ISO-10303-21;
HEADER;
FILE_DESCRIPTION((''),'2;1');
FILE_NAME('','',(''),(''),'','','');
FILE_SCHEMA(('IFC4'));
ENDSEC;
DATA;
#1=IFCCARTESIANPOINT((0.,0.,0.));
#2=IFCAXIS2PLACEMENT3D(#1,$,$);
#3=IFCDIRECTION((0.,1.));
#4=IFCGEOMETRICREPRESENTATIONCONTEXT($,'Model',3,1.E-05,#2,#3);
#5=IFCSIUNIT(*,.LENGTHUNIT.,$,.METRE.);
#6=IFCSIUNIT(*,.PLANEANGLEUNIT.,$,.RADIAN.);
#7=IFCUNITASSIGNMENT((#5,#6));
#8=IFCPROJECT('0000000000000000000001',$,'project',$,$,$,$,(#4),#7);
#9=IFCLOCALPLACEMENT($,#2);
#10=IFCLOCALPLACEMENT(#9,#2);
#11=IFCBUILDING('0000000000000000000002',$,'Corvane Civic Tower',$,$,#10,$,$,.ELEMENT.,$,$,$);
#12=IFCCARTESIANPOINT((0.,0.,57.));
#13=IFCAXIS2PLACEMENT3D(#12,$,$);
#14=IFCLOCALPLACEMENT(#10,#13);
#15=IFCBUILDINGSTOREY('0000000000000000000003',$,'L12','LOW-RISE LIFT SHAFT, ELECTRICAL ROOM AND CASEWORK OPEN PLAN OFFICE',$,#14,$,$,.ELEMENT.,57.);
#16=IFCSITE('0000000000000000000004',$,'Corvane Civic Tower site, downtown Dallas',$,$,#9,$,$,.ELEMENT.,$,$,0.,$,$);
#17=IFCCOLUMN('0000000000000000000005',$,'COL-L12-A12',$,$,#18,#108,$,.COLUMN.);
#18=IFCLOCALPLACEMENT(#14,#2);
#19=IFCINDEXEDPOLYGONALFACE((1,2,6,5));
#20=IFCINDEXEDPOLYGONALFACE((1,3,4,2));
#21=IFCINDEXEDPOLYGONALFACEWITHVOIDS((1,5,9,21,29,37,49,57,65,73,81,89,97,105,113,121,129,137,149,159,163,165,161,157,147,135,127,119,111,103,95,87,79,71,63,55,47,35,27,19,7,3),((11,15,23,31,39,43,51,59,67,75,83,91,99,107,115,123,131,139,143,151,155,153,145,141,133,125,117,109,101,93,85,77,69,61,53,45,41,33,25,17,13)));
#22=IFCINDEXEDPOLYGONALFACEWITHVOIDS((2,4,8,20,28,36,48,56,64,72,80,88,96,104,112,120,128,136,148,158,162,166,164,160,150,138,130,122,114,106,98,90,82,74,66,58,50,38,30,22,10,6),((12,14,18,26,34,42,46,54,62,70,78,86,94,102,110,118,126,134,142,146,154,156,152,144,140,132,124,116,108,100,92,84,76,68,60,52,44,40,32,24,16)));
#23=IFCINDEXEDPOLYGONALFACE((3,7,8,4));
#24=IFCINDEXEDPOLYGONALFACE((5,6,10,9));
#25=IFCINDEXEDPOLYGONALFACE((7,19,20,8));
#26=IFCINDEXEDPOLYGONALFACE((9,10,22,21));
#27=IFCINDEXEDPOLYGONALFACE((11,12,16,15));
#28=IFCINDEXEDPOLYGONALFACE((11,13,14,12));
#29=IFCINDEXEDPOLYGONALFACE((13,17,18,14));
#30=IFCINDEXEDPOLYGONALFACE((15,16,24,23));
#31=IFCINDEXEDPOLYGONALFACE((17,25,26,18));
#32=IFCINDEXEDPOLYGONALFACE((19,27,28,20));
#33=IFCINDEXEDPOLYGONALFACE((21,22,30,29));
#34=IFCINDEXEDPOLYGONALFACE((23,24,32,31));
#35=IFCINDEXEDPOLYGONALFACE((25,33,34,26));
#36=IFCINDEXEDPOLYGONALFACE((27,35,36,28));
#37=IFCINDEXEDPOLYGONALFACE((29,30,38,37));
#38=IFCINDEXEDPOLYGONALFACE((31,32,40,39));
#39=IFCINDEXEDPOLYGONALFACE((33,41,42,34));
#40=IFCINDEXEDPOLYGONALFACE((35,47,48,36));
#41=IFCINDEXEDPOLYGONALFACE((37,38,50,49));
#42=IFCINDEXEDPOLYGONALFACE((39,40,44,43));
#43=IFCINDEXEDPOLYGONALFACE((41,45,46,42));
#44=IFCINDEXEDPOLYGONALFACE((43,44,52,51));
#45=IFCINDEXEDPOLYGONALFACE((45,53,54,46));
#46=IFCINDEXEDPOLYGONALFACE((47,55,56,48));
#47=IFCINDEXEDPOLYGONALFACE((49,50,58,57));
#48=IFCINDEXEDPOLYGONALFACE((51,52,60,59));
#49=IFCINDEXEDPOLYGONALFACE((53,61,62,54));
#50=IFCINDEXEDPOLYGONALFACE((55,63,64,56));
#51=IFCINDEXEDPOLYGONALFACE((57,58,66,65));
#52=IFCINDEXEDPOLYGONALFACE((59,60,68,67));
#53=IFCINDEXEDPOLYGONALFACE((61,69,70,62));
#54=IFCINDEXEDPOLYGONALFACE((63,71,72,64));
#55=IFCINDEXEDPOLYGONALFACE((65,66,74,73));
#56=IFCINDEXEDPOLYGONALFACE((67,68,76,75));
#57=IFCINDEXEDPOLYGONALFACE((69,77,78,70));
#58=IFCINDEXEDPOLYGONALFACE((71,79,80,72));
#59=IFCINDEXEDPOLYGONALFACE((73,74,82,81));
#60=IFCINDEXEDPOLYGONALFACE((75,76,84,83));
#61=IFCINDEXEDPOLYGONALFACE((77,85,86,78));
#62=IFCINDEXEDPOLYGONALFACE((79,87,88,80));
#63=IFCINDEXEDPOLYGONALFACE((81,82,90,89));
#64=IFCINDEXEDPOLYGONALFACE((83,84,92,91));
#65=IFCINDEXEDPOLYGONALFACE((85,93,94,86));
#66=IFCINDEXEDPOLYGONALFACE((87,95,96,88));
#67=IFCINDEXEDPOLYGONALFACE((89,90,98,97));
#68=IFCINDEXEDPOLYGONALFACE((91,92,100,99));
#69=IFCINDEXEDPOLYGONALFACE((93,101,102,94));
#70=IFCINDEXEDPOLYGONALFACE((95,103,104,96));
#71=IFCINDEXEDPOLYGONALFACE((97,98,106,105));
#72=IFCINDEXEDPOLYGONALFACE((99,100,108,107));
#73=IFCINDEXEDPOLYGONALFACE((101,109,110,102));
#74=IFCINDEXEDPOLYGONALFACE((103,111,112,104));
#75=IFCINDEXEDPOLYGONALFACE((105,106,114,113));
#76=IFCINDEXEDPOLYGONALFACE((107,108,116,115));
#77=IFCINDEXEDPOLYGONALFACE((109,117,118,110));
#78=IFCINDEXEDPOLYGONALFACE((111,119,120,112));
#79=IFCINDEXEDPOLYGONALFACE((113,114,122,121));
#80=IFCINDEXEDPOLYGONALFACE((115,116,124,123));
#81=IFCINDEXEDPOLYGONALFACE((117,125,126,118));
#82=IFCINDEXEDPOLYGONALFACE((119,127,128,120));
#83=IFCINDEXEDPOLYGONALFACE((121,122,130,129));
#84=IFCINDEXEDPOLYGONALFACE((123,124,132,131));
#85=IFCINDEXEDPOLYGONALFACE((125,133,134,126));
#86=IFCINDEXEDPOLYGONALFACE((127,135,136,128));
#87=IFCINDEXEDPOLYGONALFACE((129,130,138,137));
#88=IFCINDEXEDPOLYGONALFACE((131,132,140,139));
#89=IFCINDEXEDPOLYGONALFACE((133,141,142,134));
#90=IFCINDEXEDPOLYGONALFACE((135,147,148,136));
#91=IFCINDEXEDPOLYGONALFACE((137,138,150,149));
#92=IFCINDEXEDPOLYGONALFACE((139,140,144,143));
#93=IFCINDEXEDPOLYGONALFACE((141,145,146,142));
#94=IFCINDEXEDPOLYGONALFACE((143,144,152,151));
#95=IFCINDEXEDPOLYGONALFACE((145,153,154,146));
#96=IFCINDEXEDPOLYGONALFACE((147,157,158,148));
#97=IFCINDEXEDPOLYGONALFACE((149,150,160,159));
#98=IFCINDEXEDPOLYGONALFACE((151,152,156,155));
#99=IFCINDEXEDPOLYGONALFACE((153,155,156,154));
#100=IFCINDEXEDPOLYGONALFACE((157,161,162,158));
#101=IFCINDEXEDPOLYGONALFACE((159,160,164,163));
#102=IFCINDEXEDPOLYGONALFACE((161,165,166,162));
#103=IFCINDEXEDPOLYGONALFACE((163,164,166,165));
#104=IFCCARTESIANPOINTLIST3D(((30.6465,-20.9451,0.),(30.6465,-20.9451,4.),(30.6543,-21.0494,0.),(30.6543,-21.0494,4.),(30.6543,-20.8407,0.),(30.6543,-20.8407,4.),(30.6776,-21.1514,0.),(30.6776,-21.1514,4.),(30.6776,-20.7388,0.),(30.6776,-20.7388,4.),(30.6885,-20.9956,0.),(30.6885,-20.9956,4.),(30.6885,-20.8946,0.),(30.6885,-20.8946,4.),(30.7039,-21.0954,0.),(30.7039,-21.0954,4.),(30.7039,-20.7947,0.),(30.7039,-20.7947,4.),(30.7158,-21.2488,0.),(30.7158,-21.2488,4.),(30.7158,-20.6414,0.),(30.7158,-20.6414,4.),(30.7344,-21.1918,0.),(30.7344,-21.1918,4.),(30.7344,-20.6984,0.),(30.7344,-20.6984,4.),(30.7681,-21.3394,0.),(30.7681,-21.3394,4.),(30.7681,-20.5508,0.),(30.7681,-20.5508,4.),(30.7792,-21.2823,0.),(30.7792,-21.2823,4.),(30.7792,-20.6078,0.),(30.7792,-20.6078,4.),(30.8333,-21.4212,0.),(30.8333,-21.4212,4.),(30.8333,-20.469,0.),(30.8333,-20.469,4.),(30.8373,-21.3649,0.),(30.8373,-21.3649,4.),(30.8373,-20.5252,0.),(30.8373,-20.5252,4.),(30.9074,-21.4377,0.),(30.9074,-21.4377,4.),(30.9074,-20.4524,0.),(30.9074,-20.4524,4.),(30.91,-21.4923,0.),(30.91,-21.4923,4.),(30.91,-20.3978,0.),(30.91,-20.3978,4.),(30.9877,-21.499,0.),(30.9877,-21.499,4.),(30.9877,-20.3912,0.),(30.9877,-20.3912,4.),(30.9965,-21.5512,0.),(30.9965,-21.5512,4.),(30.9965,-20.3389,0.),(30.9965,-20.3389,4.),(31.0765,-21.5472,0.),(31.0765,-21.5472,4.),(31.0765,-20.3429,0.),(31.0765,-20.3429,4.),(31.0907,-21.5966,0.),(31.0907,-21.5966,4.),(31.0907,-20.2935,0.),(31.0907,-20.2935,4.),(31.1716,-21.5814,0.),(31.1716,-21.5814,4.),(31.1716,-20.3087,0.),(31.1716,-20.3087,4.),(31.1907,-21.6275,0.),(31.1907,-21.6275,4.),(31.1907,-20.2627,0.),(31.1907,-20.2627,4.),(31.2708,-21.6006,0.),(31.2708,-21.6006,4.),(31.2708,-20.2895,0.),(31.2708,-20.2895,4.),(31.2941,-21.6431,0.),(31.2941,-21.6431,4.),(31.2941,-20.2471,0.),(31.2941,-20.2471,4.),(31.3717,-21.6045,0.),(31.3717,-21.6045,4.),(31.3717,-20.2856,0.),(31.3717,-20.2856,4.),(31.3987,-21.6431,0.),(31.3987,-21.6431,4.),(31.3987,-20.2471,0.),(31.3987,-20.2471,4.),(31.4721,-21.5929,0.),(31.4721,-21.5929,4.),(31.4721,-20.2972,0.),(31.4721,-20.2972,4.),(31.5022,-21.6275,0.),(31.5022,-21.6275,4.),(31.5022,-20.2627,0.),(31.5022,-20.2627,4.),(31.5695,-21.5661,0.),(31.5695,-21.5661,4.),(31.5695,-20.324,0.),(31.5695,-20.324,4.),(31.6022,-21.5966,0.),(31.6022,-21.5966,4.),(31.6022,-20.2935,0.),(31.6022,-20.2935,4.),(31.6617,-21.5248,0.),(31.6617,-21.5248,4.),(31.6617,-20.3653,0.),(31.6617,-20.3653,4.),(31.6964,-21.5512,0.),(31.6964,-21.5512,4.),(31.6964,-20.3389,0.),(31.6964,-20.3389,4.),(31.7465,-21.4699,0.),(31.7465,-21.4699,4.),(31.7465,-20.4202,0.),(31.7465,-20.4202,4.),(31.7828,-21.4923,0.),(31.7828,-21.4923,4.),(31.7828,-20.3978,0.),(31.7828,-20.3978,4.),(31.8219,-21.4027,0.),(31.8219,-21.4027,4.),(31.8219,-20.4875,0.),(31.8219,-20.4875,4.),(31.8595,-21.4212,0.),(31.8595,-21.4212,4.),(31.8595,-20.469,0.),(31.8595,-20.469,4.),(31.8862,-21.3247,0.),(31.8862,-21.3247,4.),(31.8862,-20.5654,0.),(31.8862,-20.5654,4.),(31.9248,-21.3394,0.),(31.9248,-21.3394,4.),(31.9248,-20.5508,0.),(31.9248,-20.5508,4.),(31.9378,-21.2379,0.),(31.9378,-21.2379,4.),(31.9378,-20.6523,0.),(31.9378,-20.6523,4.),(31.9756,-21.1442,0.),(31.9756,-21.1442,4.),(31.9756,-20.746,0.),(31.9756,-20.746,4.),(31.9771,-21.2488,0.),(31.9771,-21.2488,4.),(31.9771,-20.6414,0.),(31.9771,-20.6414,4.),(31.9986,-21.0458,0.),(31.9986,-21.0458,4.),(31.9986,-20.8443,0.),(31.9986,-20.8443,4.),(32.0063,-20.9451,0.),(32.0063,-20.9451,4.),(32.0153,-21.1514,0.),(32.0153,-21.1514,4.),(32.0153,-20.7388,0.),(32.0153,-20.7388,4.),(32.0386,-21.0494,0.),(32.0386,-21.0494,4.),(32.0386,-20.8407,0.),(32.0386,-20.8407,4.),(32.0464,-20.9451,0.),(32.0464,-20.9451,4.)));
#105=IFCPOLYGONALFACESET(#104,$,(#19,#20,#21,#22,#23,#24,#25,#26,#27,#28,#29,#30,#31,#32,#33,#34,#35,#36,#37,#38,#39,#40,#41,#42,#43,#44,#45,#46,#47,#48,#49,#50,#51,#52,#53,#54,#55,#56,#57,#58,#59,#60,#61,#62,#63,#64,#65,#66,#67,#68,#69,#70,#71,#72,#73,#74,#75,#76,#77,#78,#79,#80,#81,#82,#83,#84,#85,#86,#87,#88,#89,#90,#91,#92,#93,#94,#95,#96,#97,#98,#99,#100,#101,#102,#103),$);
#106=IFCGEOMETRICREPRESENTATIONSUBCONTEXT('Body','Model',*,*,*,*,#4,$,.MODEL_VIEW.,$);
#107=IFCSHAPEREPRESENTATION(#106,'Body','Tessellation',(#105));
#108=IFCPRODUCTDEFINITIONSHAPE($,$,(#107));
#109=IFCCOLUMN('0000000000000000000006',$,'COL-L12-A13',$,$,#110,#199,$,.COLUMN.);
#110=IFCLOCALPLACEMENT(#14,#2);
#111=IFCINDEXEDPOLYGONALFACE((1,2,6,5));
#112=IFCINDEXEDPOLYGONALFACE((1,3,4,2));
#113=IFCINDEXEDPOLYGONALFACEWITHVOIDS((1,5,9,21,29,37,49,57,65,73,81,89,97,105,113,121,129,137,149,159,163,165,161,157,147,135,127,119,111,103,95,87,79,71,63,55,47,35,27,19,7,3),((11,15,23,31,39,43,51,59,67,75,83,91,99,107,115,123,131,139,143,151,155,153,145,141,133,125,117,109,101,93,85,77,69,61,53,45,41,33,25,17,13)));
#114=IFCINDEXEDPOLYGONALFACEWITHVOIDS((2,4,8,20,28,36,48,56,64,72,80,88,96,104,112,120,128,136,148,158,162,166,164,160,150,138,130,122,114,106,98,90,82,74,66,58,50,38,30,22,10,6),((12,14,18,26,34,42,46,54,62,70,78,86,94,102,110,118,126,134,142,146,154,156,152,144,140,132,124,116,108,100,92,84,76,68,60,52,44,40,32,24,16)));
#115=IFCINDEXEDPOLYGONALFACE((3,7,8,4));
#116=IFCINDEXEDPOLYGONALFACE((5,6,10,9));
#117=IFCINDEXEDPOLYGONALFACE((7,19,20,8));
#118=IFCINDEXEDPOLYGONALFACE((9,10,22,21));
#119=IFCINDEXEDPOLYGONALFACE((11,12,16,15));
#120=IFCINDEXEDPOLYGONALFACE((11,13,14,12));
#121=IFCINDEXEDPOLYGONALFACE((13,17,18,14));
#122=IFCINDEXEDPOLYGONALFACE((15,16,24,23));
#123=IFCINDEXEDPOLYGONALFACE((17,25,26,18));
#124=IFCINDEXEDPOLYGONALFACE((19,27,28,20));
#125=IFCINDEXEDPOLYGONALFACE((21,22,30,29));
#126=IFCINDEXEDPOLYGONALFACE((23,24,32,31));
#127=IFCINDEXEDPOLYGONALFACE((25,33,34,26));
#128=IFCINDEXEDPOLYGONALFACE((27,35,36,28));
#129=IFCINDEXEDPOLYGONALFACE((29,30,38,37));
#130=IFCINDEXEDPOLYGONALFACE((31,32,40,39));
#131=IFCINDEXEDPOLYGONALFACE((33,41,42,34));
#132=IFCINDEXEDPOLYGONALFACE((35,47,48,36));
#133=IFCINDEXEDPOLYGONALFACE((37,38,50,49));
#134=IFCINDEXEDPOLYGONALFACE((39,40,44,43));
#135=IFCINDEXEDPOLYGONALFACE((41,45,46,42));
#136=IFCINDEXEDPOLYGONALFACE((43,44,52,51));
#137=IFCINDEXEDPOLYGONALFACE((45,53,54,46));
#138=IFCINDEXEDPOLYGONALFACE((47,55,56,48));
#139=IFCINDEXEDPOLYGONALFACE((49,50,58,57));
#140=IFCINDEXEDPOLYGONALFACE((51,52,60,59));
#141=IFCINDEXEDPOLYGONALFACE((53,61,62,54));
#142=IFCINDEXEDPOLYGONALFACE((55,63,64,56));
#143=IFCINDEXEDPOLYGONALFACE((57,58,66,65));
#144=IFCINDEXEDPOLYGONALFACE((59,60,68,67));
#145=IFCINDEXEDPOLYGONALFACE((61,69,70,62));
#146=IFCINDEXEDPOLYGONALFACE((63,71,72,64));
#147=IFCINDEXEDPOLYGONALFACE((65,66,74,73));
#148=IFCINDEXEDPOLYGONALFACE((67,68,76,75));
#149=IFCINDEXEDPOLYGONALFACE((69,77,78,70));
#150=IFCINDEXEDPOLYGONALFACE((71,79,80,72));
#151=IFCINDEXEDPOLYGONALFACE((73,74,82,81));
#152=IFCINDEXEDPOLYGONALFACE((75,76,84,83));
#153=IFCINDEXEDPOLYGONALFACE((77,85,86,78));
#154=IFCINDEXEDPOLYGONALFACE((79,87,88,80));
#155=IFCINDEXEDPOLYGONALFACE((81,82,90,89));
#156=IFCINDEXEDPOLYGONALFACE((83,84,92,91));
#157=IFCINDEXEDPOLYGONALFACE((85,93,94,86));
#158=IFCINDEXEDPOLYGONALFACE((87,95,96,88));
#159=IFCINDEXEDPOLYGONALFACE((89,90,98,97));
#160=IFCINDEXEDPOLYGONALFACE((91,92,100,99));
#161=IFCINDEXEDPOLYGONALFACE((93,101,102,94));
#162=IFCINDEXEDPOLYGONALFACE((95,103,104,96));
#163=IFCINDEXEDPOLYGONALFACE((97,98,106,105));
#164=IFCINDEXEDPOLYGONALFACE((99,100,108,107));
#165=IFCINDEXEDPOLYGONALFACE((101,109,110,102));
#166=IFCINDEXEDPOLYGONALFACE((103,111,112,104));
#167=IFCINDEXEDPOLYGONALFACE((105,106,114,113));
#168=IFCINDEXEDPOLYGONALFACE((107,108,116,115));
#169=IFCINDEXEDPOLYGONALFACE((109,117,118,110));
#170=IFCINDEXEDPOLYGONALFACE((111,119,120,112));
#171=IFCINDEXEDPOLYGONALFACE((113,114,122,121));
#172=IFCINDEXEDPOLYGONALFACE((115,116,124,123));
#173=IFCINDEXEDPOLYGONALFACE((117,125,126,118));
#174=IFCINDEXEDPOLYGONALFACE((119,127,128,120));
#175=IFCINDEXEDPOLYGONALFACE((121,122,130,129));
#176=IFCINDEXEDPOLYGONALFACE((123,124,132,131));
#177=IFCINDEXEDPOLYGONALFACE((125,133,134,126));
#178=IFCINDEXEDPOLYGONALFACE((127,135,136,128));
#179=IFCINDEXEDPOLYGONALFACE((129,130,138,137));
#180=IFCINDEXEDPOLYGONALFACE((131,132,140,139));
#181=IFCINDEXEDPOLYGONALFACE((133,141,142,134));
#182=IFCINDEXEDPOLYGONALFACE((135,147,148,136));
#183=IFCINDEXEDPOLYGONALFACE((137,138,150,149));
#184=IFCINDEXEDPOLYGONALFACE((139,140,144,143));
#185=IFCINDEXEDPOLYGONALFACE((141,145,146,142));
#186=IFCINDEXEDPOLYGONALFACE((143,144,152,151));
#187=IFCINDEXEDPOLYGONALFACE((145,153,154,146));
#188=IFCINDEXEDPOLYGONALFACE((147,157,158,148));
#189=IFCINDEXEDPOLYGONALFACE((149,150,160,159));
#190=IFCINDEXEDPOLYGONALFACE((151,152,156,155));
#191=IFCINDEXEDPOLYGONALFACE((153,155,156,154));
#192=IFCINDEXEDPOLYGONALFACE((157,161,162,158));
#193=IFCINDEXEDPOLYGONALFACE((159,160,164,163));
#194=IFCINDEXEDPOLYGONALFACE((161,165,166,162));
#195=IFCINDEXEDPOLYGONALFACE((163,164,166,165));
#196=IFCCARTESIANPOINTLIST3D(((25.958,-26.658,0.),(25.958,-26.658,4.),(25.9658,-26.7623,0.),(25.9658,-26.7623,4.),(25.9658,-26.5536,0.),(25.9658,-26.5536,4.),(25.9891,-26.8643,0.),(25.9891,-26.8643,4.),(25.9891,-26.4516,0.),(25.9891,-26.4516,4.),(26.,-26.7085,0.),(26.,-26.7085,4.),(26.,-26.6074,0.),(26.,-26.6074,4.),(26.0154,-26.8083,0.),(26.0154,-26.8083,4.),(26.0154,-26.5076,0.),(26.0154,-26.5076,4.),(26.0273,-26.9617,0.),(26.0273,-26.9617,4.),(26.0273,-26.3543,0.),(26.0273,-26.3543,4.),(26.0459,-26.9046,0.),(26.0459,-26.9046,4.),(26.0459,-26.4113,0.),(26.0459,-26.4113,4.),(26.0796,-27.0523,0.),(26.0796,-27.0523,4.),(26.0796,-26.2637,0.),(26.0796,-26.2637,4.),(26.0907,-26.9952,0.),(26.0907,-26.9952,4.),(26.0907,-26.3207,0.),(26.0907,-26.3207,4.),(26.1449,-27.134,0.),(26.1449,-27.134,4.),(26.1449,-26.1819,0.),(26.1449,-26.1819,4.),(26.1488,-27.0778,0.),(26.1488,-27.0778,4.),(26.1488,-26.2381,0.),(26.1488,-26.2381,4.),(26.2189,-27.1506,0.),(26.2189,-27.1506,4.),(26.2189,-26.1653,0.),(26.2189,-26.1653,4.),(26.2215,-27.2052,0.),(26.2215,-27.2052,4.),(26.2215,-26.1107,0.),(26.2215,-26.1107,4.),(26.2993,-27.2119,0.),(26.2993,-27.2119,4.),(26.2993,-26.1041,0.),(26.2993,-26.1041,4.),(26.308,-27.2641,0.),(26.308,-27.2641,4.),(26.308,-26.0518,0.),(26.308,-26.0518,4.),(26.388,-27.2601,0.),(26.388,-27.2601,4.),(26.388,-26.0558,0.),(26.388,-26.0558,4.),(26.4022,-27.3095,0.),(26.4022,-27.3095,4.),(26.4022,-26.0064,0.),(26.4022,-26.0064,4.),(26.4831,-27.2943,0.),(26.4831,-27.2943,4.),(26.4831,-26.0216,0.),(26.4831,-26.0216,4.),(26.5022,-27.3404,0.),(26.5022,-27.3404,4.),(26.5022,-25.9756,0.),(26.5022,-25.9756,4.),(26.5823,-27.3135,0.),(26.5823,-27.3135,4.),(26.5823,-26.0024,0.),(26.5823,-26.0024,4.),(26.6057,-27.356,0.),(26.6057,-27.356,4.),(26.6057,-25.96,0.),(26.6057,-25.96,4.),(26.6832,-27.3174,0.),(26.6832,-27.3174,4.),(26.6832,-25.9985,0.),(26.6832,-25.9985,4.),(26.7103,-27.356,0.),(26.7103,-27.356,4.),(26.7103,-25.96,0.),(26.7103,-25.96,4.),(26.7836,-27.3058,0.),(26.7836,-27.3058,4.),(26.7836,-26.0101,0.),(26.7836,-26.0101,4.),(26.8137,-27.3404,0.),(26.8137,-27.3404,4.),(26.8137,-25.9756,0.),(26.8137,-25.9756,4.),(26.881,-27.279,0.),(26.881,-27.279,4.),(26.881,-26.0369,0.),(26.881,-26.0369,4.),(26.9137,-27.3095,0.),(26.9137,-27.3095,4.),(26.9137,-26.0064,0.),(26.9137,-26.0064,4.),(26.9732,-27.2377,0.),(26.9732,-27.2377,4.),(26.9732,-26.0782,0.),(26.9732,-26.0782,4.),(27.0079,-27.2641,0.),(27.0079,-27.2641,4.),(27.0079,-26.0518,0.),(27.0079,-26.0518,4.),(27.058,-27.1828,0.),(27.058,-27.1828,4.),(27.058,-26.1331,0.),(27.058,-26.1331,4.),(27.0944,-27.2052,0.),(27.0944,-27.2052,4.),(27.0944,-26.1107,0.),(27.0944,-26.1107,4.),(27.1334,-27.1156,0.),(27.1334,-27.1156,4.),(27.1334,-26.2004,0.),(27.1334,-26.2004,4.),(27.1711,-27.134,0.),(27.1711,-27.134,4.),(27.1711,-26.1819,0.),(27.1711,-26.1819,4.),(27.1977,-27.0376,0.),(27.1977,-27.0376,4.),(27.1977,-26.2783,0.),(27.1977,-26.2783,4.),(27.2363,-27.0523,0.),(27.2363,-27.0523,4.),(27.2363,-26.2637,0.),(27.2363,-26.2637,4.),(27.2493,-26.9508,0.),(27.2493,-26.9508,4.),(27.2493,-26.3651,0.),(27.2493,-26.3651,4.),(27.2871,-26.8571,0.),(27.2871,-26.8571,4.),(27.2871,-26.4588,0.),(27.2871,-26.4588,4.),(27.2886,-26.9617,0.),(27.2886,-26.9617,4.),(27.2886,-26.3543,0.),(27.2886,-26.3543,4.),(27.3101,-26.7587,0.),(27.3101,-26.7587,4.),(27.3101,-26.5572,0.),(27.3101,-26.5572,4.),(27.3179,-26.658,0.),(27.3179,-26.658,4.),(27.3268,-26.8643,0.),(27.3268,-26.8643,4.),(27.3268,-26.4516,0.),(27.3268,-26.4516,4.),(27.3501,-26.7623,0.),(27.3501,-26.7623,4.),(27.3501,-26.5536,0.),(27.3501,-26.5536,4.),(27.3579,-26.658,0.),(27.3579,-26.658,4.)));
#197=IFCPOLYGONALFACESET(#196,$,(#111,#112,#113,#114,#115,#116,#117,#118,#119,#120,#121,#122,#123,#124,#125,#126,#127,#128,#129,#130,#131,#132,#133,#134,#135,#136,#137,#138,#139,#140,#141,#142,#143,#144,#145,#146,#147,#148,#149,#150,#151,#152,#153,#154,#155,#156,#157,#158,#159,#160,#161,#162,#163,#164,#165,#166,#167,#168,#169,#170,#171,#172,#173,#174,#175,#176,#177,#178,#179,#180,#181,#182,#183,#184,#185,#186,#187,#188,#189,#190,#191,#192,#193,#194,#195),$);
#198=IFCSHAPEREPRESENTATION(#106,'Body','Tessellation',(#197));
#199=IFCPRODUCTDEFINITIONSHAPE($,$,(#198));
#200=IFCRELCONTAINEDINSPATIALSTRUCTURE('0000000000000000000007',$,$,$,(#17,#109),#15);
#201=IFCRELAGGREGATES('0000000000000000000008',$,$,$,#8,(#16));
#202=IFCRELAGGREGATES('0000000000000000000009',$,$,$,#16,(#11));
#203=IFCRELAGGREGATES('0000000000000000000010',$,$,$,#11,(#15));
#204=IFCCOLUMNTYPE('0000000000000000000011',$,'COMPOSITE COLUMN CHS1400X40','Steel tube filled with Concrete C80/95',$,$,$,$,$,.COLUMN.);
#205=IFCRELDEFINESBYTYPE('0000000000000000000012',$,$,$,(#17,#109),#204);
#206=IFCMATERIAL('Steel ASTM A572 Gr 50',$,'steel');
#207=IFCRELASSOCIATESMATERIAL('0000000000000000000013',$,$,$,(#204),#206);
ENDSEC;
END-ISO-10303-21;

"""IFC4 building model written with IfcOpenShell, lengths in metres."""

from ifc_helpers import new_model, si_unit, direction, frame, origin, origin_2d, place, context, subcontext, project, spatial, hollow_circle, extrude, material, material_profile, profile_set, type_object, element, save


model = new_model("IFC4")

# Units and contexts
model_context = context("Model", 3, precision=1e-05, world=origin(), true_north=direction((0.0, 1.0)))
body_context = subcontext(model_context, "Body", "Model", "MODEL_VIEW")
ifc_project = project(units=[si_unit("LENGTHUNIT", "METRE"), si_unit("PLANEANGLEUNIT", "RADIAN")], contexts=[model_context])

# Site, building, storey
site_placement = place(None, origin())
site = spatial("IfcSite", under=ifc_project, at=site_placement, Name="Corvane Civic Tower site, downtown Dallas", CompositionType="ELEMENT", RefElevation=0.0)
building_placement = place(site_placement, origin())
building = spatial("IfcBuilding", under=site, at=building_placement, Name="Corvane Civic Tower", CompositionType="ELEMENT")
storey_placement = place(building_placement, frame((0.0, 0.0, 57.0)))
storey = spatial("IfcBuildingStorey", under=building, at=storey_placement, Name="L12", Description="LOW-RISE LIFT SHAFT, ELECTRICAL ROOM AND CASEWORK OPEN PLAN OFFICE", CompositionType="ELEMENT", Elevation=57.0)

# Columns
ifc_material_1 = material(Name="Steel ASTM A572 Gr 50", Category="steel")
ifc_material_profile_1 = material_profile(ifc_material_1, hollow_circle(Radius=0.7, WallThickness=0.04, at=origin_2d()), Name="CHS1400X40")
ifc_profile_set_1 = profile_set([ifc_material_profile_1], Name="Steel ASTM A572 Gr 50")
column_type = type_object("IfcColumnType", Name="COMPOSITE COLUMN CHS1400X40", Description="Steel tube filled with Concrete C80/95", PredefinedType="COLUMN", material=ifc_profile_set_1)
for number, where, z_axis, x_axis, name in (
    (1, (31.3464, -20.9451, 0.0), (0.0, 0.0, 1.0), (1.0, 0.0, 0.0), "COL-L12-A12"),
    (2, (26.658, -26.658, 0.0), (0.0, 0.0, 1.0), (1.0, 0.0, 0.0), "COL-L12-A13"),
):
    element("IfcColumn", number, at=place(storey_placement, frame(where, z_axis=z_axis, x_axis=x_axis)), inside=storey, type_object=column_type, Name=name, PredefinedType="COLUMN", context=body_context, shape_type="SweptSolid", body=[
        extrude(hollow_circle(Radius=0.7, WallThickness=0.04, at=origin_2d()), origin(), (0.0, 0.0, 1.0), 4.0),
    ])

save(model, "model.ifc")
